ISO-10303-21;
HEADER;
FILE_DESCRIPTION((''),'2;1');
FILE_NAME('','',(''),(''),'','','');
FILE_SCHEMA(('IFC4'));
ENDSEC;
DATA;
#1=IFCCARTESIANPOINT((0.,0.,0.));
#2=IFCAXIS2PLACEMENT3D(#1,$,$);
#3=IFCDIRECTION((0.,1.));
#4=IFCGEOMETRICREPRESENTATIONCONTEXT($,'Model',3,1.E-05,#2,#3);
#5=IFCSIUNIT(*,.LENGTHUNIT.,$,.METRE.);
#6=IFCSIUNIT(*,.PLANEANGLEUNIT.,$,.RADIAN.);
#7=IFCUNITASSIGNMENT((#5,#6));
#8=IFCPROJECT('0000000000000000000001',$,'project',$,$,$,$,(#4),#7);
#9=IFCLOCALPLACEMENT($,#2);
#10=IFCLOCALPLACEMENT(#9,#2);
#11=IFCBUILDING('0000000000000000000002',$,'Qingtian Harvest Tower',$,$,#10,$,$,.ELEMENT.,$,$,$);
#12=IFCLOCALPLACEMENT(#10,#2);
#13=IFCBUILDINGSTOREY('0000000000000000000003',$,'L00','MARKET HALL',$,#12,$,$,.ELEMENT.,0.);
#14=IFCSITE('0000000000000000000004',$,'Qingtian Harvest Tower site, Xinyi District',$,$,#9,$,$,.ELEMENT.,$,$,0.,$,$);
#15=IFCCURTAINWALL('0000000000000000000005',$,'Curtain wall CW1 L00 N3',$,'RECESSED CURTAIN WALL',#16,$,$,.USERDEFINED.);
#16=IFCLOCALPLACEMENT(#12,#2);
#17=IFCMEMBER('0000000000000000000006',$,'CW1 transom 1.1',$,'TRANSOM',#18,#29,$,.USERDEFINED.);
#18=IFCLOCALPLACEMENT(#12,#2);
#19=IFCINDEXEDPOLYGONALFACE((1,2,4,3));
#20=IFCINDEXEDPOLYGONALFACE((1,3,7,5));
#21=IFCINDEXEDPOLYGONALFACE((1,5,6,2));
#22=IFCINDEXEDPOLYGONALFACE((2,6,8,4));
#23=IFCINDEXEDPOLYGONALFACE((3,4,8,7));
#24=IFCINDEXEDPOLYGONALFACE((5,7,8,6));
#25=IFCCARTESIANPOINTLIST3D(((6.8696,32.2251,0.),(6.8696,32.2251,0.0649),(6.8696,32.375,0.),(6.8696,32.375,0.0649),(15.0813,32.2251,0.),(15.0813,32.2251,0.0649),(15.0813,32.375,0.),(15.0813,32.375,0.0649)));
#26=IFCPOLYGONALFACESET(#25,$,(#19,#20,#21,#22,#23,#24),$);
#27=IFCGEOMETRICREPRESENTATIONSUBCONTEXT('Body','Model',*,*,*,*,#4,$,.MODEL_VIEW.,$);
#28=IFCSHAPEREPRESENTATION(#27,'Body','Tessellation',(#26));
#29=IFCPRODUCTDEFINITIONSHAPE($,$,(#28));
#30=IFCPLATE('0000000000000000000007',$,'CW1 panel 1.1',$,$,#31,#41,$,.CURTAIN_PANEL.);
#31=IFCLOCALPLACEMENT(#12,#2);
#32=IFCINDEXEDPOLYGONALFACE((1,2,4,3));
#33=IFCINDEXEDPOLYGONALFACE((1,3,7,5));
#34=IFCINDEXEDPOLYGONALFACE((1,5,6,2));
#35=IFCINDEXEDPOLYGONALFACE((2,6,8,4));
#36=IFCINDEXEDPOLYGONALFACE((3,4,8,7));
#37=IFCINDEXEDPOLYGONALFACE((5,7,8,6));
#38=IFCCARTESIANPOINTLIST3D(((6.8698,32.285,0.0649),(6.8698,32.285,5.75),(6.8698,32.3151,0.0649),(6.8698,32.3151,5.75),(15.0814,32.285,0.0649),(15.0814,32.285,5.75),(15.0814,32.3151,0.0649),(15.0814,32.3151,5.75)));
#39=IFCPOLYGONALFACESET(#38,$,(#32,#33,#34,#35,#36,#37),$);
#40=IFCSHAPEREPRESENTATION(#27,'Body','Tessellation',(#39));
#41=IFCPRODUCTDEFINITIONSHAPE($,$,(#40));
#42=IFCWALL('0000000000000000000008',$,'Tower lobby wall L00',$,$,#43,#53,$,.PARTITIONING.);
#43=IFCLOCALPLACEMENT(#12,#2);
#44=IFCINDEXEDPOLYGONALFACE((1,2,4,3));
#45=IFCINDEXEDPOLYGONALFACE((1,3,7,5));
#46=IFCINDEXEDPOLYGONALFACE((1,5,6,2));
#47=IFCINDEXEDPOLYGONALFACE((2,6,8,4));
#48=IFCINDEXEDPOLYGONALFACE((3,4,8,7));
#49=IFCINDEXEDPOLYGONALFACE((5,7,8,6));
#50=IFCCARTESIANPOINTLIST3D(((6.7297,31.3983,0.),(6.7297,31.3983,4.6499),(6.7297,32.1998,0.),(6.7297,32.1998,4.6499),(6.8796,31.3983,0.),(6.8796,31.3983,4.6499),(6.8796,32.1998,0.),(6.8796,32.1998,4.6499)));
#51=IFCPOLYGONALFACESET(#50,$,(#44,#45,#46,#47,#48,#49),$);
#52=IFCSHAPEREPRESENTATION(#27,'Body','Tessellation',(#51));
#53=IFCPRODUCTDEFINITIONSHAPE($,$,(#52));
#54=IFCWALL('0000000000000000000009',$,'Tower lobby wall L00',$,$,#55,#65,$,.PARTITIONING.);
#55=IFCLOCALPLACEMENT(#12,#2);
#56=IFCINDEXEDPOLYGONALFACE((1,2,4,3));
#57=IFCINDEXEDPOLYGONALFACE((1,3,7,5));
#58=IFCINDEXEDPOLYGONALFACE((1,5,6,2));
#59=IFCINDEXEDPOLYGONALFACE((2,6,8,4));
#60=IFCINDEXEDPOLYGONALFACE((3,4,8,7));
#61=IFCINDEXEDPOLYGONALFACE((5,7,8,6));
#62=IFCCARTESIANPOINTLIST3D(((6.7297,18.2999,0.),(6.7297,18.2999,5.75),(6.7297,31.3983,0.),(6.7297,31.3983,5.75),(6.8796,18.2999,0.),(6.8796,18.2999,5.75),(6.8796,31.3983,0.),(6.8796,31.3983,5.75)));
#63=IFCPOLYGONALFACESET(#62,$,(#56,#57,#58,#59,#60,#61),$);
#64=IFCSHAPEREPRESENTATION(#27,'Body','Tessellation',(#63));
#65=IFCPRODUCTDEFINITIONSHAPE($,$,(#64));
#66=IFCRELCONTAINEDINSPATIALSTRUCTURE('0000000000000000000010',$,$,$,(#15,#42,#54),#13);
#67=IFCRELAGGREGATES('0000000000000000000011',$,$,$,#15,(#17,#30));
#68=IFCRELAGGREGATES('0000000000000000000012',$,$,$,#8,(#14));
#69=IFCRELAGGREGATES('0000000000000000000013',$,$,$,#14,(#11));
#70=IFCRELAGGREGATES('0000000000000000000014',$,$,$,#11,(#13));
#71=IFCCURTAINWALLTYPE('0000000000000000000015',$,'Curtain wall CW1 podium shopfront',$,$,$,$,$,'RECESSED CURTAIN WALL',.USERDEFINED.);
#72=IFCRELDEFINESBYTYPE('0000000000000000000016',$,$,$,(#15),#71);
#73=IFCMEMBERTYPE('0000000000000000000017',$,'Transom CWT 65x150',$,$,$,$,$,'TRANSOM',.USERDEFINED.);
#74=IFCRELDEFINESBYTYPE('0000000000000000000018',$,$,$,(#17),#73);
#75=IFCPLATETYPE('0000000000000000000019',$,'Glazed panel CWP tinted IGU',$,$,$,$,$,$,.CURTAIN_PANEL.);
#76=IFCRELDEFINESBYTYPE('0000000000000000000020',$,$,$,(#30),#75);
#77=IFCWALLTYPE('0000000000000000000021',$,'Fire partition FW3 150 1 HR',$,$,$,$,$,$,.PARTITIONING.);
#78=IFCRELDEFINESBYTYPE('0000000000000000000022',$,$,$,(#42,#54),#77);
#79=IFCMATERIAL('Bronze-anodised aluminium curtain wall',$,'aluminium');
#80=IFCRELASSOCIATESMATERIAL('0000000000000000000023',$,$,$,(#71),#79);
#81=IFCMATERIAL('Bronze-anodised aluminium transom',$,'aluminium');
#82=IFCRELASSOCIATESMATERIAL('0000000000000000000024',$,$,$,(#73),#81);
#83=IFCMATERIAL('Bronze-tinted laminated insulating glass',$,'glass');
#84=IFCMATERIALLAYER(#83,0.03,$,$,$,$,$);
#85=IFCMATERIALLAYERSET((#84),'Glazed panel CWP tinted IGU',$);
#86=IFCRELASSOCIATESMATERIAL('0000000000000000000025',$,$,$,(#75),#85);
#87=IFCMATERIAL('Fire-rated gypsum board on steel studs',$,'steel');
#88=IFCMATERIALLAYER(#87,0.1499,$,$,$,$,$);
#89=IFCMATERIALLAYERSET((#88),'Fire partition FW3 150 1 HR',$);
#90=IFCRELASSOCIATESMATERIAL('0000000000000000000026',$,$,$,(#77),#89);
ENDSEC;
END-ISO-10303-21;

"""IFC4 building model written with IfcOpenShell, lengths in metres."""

from ifc_helpers import new_model, si_unit, direction, frame, frame_2d, origin, origin_2d, place, context, subcontext, project, spatial, rectangle, extrude, material, layer, layer_set, material_profile, profile_set, type_object, element, aggregate, save


model = new_model("IFC4")

# Units and contexts
model_context = context("Model", 3, precision=1e-05, world=origin(), true_north=direction((0.0, 1.0)))
body_context = subcontext(model_context, "Body", "Model", "MODEL_VIEW")
ifc_project = project(units=[si_unit("LENGTHUNIT", "METRE"), si_unit("PLANEANGLEUNIT", "RADIAN")], contexts=[model_context])

# Site, building, storey
site_placement = place(None, origin())
site = spatial("IfcSite", under=ifc_project, at=site_placement, Name="Qingtian Harvest Tower site, Xinyi District", CompositionType="ELEMENT", RefElevation=0.0)
building_placement = place(site_placement, origin())
building = spatial("IfcBuilding", under=site, at=building_placement, Name="Qingtian Harvest Tower", CompositionType="ELEMENT")
storey_placement = place(building_placement, origin())
storey = spatial("IfcBuildingStorey", under=building, at=storey_placement, Name="L00", Description="MARKET HALL", CompositionType="ELEMENT", Elevation=0.0)

# Curtain wall
ifc_material_1 = material(Name="Bronze-anodised aluminium curtain wall", Category="aluminium")
curtain_wall_type = type_object("IfcCurtainWallType", Name="Curtain wall CW1 podium shopfront", ElementType="RECESSED CURTAIN WALL", PredefinedType="USERDEFINED", material=ifc_material_1)
curtain_wall_1_placement = place(storey_placement, origin())
curtain_wall_1 = element("IfcCurtainWall", 1, at=curtain_wall_1_placement, inside=storey, type_object=curtain_wall_type, Name="Curtain wall CW1 L00 N3", ObjectType="RECESSED CURTAIN WALL", PredefinedType="USERDEFINED")

# Member
ifc_material_2 = material(Name="Bronze-anodised aluminium transom", Category="aluminium")
ifc_material_profile_1 = material_profile(ifc_material_2, rectangle(XDim=0.1499, YDim=0.0649, at=origin_2d()), Name="AL 65x150")
ifc_profile_set_1 = profile_set([ifc_material_profile_1], Name="Bronze-anodised aluminium transom")
member_type_1 = type_object("IfcMemberType", Name="Transom CWT 65x150", ElementType="TRANSOM", PredefinedType="USERDEFINED", material=ifc_profile_set_1)
member_1_placement = place(storey_placement, frame((6.8696, 32.3, 0.0325), z_axis=(1.0, 0.0, 0.0), x_axis=(0.0, 1.0, 0.0)))
member_1 = element("IfcMember", 2, at=member_1_placement, type_object=member_type_1, Name="CW1 transom 1.1", ObjectType="TRANSOM", PredefinedType="USERDEFINED", context=body_context, shape_type="SweptSolid", body=[
    extrude(rectangle(XDim=0.1499, YDim=0.0649, at=origin_2d()), origin(), (0.0, 0.0, 1.0), 8.2117),
])

# Plate
ifc_material_3 = material(Name="Bronze-tinted laminated insulating glass", Category="glass")
ifc_layer_1 = layer(ifc_material_3, 0.03)
ifc_layer_set_1 = layer_set([ifc_layer_1], Name="Glazed panel CWP tinted IGU")
plate_type = type_object("IfcPlateType", Name="Glazed panel CWP tinted IGU", PredefinedType="CURTAIN_PANEL", material=ifc_layer_set_1)
plate_placement = place(storey_placement, frame((10.9756, 32.3, 0.0649), z_axis=(0.0, 0.0, 1.0), x_axis=(1.0, 0.0, 0.0)))
plate = element("IfcPlate", 3, at=plate_placement, type_object=plate_type, Name="CW1 panel 1.1", PredefinedType="CURTAIN_PANEL", context=body_context, shape_type="SweptSolid", body=[
    extrude(rectangle(XDim=8.2117, YDim=0.03, at=origin_2d()), origin(), (0.0, 0.0, 1.0), 5.6851),
])
aggregate(curtain_wall_1, [member_1, plate])

# Walls
ifc_material_4 = material(Name="Fire-rated gypsum board on steel studs", Category="steel")
ifc_layer_2 = layer(ifc_material_4, 0.1499)
ifc_layer_set_2 = layer_set([ifc_layer_2], Name="Fire partition FW3 150 1 HR")
wall_type = type_object("IfcWallType", Name="Fire partition FW3 150 1 HR", PredefinedType="PARTITIONING", material=ifc_layer_set_2)
wall_1_placement = place(storey_placement, frame((6.8047, 32.2, 0.0), z_axis=(0.0, 0.0, 1.0), x_axis=(0.0, -1.0, 0.0)))
element("IfcWall", 4, at=wall_1_placement, inside=storey, type_object=wall_type, Name="Tower lobby wall L00", PredefinedType="PARTITIONING", context=body_context, shape_type="SweptSolid", body=[
    extrude(rectangle(XDim=0.8015, YDim=0.1499, at=frame_2d((0.4009, 0.0))), origin(), (0.0, 0.0, 1.0), 4.6499),
])
wall_2_placement = place(storey_placement, frame((6.8047, 31.3984, 0.0), z_axis=(0.0, 0.0, 1.0), x_axis=(0.0, -1.0, 0.0)))
element("IfcWall", 5, at=wall_2_placement, inside=storey, type_object=wall_type, Name="Tower lobby wall L00", PredefinedType="PARTITIONING", context=body_context, shape_type="SweptSolid", body=[
    extrude(rectangle(XDim=13.0984, YDim=0.1499, at=frame_2d((6.5493, 0.0))), origin(), (0.0, 0.0, 1.0), 5.75),
])

save(model, "model.ifc")
